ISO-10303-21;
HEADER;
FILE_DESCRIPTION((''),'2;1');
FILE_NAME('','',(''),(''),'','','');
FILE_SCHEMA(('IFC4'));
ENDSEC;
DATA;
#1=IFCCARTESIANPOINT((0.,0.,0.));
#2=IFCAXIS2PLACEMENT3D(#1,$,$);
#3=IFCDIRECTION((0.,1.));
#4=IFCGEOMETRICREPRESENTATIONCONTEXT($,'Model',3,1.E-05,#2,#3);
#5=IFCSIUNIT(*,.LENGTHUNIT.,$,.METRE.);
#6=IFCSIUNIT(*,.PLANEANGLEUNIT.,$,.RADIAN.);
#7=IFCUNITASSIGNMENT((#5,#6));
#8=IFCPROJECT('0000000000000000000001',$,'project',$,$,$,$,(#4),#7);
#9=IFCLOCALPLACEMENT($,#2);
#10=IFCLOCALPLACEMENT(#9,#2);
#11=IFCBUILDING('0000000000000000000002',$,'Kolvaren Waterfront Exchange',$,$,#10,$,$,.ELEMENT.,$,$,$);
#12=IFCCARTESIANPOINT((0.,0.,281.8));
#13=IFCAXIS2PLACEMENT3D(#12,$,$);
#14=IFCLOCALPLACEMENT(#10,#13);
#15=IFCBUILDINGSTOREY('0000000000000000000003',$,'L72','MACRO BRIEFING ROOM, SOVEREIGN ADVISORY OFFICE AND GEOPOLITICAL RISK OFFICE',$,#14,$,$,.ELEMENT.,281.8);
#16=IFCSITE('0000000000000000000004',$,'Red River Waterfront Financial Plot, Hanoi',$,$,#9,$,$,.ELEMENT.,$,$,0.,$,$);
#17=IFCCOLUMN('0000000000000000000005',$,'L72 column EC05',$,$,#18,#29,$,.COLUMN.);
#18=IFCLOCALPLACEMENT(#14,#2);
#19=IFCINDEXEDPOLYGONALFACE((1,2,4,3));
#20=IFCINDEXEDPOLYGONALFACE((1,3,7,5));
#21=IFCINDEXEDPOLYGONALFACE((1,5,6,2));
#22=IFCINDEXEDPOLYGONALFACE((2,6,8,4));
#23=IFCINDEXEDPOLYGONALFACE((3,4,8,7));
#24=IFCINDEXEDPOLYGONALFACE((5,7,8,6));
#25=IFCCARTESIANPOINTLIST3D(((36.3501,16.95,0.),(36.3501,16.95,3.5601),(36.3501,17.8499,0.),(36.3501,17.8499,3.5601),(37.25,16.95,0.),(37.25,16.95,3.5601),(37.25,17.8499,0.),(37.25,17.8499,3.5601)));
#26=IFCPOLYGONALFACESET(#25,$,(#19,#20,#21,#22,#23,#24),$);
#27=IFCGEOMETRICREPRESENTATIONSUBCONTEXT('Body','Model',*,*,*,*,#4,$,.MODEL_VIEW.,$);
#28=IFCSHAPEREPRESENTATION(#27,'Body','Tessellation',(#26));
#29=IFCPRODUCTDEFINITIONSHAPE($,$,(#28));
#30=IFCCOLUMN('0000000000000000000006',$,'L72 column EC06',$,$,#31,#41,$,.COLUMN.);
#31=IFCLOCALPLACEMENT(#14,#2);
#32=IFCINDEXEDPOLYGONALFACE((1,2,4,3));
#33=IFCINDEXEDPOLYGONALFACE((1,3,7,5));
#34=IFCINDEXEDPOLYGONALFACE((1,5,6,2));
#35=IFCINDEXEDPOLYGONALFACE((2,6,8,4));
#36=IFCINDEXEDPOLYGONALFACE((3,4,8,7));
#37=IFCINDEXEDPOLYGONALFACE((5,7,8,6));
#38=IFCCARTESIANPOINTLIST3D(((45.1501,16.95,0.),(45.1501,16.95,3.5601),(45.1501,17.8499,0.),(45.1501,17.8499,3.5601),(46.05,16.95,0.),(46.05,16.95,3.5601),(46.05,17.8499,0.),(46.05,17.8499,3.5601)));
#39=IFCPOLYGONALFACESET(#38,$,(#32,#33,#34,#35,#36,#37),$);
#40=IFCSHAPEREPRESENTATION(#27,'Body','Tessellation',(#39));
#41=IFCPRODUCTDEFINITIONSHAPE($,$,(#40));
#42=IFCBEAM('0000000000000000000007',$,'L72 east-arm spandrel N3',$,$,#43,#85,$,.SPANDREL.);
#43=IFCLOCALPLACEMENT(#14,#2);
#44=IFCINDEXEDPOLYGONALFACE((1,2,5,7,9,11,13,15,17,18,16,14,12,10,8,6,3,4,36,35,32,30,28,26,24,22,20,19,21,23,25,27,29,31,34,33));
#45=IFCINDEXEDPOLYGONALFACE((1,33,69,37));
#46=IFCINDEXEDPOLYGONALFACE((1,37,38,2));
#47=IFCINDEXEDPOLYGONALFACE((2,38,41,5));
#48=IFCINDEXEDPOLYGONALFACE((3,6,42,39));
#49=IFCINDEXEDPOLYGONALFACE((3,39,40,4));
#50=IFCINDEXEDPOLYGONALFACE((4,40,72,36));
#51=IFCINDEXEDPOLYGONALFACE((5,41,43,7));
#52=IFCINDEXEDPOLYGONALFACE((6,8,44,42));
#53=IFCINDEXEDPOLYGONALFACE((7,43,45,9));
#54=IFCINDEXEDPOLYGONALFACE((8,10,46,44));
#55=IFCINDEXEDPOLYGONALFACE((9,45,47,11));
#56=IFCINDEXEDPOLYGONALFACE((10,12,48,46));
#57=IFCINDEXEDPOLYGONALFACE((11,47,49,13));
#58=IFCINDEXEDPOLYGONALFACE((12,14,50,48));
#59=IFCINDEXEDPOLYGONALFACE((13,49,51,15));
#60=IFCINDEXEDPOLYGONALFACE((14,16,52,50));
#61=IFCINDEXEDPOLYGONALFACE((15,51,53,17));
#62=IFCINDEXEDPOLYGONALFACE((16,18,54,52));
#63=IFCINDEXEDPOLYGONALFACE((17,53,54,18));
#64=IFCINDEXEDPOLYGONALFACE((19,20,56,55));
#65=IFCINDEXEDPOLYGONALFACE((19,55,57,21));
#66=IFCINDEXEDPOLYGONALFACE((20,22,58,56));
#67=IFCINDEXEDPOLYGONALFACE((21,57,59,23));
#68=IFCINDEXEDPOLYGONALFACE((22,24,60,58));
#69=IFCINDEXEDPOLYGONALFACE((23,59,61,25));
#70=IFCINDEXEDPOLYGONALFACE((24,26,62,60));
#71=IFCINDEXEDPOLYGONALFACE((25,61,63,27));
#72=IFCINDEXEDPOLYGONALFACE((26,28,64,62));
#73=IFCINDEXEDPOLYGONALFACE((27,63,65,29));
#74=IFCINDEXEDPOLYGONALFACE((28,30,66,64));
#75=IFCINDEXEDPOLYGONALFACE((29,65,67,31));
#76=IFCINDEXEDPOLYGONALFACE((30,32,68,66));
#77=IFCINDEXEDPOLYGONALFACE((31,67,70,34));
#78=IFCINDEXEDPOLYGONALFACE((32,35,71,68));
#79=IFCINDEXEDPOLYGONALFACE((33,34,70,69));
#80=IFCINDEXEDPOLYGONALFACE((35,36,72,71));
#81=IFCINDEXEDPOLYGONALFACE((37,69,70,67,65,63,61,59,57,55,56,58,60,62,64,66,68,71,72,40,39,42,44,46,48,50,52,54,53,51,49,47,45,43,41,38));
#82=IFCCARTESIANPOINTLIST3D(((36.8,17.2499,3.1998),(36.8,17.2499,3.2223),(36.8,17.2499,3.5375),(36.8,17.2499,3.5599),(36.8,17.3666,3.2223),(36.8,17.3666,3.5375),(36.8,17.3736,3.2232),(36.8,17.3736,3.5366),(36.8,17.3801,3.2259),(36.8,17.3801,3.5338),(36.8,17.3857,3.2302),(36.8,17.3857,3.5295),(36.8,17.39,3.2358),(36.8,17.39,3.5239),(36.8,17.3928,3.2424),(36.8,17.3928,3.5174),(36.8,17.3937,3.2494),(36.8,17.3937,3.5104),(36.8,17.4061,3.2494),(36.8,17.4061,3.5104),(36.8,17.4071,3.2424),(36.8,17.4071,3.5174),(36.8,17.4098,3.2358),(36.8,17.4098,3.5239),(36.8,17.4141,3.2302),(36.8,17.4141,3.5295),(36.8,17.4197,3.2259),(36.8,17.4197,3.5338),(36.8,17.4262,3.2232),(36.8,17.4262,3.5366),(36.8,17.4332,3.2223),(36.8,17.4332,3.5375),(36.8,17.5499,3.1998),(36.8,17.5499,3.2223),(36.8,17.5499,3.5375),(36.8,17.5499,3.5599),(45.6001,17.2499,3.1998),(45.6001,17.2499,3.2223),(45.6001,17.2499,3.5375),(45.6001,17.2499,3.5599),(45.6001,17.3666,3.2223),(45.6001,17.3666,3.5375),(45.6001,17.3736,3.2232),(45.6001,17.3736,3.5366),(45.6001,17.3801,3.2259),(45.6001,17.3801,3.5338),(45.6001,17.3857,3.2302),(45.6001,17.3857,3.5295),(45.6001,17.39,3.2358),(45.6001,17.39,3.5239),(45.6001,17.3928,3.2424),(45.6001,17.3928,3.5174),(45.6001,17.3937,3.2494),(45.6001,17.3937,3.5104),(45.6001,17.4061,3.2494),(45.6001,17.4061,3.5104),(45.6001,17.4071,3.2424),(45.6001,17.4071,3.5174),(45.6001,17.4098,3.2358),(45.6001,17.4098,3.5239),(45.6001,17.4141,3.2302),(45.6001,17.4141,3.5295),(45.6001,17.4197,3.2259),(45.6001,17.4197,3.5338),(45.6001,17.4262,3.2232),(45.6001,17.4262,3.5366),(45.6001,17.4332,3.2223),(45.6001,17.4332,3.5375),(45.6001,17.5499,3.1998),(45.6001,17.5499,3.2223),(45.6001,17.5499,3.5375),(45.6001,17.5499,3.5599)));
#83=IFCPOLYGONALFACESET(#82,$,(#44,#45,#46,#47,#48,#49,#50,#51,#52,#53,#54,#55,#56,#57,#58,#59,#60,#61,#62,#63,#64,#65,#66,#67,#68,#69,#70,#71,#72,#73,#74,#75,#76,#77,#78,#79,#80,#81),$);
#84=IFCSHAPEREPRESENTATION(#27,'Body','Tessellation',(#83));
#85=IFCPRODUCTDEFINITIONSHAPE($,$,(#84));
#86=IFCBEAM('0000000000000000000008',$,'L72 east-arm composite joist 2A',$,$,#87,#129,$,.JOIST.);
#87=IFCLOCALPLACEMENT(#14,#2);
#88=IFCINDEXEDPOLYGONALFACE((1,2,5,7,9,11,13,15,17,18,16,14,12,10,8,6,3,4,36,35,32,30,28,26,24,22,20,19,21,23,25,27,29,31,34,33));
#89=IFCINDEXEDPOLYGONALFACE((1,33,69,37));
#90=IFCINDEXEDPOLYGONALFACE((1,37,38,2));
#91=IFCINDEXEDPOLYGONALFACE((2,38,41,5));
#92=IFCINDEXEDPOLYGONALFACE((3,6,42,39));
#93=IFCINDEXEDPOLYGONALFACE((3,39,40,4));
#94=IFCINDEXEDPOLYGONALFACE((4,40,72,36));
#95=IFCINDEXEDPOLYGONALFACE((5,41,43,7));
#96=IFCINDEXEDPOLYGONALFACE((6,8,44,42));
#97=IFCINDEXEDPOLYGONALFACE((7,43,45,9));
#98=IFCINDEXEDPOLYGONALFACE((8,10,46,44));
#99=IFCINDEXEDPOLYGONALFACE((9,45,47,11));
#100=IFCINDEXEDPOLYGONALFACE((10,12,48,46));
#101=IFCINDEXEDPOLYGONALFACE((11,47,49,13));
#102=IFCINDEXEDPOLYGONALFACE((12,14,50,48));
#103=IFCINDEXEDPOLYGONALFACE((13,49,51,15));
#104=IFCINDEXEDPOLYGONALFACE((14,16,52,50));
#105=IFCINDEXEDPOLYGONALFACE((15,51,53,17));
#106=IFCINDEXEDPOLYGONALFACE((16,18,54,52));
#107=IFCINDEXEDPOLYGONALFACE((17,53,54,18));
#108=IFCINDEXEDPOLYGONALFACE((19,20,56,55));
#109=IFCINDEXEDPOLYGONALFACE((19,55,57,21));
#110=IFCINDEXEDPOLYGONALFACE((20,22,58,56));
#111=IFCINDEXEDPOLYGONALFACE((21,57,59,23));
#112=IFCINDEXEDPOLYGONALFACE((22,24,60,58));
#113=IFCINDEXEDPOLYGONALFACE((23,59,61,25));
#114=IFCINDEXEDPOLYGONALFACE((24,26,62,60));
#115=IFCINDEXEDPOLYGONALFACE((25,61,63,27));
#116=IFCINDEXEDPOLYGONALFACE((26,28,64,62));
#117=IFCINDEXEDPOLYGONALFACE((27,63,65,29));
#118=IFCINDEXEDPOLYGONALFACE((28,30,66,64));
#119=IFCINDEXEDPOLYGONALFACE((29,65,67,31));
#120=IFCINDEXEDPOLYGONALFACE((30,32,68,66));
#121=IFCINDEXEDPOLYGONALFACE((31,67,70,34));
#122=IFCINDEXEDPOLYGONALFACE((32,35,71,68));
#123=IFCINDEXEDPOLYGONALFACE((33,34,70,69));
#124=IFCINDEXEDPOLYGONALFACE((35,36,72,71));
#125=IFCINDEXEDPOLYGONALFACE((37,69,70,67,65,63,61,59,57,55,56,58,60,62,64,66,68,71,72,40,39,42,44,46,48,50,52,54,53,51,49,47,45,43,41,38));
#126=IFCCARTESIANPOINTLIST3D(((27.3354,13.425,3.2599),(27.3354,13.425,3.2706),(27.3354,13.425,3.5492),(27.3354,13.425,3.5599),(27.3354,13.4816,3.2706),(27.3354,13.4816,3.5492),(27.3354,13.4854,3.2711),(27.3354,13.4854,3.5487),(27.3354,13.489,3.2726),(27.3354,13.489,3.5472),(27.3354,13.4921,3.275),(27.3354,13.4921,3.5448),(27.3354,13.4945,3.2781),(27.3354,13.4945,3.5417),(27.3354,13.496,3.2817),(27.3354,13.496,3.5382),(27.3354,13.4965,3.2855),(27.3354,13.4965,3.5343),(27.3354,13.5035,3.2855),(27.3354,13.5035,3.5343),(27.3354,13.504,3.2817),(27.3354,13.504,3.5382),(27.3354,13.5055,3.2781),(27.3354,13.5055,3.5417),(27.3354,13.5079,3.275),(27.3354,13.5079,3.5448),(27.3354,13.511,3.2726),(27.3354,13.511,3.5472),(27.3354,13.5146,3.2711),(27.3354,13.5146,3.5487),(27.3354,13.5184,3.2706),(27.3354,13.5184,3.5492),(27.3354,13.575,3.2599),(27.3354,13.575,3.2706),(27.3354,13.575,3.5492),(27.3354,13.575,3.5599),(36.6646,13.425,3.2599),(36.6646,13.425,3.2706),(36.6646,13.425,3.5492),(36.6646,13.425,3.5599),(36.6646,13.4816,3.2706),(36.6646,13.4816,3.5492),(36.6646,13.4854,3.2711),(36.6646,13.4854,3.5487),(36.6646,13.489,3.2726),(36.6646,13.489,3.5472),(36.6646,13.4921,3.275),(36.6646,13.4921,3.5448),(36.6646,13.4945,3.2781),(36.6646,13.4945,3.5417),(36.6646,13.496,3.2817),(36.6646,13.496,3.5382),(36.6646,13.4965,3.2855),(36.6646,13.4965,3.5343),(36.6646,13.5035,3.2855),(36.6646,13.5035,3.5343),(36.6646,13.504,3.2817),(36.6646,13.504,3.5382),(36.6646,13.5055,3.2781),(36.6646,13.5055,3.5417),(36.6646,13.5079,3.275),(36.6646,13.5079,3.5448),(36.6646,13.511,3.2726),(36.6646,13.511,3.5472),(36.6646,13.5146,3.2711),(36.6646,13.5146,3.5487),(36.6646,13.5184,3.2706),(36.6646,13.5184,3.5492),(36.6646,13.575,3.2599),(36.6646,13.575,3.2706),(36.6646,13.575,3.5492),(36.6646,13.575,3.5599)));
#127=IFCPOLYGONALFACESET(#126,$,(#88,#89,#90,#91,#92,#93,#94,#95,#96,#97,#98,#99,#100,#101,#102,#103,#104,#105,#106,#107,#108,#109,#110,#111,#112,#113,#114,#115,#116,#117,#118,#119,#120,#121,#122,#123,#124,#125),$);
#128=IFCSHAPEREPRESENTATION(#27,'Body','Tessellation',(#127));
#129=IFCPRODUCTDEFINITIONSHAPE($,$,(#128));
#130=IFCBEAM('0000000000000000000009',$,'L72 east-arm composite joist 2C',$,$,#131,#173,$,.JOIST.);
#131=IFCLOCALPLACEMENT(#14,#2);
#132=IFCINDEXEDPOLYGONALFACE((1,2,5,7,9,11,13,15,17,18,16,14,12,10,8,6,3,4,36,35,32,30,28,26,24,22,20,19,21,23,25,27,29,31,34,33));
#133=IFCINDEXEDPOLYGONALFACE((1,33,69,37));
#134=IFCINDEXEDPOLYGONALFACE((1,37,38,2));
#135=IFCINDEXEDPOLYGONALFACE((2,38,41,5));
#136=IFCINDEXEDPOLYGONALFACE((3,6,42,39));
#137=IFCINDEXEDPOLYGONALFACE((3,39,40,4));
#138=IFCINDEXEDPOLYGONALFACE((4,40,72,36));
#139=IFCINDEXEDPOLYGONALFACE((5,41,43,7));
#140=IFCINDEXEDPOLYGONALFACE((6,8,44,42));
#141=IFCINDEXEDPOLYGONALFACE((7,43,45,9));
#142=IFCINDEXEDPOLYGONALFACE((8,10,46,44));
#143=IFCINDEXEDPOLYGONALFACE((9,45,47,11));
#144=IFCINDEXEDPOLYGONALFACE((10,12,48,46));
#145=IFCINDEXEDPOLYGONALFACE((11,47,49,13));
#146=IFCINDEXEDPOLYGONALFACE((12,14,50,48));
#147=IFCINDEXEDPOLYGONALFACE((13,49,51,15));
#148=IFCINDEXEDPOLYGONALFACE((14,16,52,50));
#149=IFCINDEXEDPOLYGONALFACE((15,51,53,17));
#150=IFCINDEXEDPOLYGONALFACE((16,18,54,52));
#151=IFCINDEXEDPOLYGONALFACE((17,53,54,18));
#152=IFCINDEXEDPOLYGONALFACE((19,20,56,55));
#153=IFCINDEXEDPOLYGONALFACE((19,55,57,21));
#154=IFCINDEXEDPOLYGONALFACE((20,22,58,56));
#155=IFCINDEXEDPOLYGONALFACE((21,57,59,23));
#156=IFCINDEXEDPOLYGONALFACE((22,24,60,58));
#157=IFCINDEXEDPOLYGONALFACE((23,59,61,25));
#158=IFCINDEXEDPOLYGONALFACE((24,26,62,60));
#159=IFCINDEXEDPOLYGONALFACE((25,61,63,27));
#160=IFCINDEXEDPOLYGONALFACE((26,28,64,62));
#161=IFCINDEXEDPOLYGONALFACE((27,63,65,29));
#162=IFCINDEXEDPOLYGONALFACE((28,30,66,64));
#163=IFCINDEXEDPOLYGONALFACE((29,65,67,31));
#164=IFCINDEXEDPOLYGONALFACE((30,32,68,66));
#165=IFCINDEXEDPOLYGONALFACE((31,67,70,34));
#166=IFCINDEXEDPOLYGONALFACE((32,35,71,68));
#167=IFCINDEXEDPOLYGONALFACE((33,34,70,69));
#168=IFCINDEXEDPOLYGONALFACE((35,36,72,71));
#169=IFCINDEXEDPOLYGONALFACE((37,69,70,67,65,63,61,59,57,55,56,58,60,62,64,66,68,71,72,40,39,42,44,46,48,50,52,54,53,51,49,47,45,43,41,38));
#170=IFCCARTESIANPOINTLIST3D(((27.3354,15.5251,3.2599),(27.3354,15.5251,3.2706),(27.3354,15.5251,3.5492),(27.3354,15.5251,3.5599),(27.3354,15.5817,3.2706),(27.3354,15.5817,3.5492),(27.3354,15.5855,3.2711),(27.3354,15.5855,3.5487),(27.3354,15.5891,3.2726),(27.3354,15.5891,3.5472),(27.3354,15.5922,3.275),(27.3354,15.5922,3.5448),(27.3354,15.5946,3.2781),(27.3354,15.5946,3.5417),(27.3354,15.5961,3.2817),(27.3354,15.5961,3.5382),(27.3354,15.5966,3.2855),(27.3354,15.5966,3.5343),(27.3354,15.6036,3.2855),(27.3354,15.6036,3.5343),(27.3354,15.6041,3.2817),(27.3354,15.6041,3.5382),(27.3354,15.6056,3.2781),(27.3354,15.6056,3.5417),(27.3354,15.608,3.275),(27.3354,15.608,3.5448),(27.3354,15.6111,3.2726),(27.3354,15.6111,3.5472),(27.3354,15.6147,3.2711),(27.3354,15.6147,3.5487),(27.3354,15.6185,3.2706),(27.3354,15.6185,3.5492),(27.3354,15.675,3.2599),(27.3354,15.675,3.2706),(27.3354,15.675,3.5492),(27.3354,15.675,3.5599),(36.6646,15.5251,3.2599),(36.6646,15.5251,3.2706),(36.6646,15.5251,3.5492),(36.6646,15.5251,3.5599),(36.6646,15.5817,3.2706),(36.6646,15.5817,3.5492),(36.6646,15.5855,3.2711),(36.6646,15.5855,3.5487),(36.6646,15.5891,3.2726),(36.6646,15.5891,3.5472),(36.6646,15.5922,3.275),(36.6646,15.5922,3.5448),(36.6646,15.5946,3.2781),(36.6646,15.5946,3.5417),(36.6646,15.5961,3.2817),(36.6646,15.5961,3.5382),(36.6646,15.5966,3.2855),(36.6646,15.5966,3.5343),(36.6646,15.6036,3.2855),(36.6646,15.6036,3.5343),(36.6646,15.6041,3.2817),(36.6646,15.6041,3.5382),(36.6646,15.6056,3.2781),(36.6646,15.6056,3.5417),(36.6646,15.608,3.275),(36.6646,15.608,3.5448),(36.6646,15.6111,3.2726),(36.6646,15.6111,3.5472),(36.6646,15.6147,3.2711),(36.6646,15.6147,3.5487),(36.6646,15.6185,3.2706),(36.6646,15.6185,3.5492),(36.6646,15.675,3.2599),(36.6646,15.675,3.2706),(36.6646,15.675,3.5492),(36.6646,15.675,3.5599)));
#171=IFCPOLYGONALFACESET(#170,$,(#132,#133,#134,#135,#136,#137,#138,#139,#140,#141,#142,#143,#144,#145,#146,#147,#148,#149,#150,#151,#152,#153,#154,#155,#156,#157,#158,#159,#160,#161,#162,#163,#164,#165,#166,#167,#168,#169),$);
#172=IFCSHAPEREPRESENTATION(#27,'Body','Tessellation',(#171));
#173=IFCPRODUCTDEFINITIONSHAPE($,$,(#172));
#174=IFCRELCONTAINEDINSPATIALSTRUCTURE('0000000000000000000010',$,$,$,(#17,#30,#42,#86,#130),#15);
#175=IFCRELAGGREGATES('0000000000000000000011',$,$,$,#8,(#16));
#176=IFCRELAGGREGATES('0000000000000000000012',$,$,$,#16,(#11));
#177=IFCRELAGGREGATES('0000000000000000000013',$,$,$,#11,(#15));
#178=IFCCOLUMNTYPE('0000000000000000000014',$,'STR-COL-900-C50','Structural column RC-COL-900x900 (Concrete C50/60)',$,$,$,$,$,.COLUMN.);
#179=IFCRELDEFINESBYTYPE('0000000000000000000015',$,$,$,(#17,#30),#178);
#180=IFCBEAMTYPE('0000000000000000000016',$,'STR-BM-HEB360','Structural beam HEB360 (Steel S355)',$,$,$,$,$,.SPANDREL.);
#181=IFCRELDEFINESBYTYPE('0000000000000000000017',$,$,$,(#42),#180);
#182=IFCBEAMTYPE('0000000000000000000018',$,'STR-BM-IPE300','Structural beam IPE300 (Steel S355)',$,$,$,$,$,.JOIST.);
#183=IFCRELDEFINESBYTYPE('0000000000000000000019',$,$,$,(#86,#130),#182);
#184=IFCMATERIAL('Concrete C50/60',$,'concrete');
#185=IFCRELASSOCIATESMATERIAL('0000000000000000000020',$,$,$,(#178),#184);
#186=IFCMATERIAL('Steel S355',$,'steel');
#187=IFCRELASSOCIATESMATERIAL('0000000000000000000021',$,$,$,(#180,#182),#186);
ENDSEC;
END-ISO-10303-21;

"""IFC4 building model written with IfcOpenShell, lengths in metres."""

from ifc_helpers import new_model, si_unit, direction, frame, origin, origin_2d, place, context, subcontext, project, spatial, rectangle, i_section, extrude, material, material_profile, profile_set, type_object, element, save


model = new_model("IFC4")

# Units and contexts
model_context = context("Model", 3, precision=1e-05, world=origin(), true_north=direction((0.0, 1.0)))
body_context = subcontext(model_context, "Body", "Model", "MODEL_VIEW")
ifc_project = project(units=[si_unit("LENGTHUNIT", "METRE"), si_unit("PLANEANGLEUNIT", "RADIAN")], contexts=[model_context])

# Site, building, storey
site_placement = place(None, origin())
site = spatial("IfcSite", under=ifc_project, at=site_placement, Name="Red River Waterfront Financial Plot, Hanoi", CompositionType="ELEMENT", RefElevation=0.0)
building_placement = place(site_placement, origin())
building = spatial("IfcBuilding", under=site, at=building_placement, Name="Kolvaren Waterfront Exchange", CompositionType="ELEMENT")
storey_placement = place(building_placement, frame((0.0, 0.0, 281.8)))
storey = spatial("IfcBuildingStorey", under=building, at=storey_placement, Name="L72", Description="MACRO BRIEFING ROOM, SOVEREIGN ADVISORY OFFICE AND GEOPOLITICAL RISK OFFICE", CompositionType="ELEMENT", Elevation=281.8)

# Columns
ifc_material_1 = material(Name="Concrete C50/60", Category="concrete")
ifc_material_profile_1 = material_profile(ifc_material_1, rectangle(XDim=0.8999, YDim=0.8999, at=origin_2d()), Name="RC-COL-900x900")
ifc_profile_set_1 = profile_set([ifc_material_profile_1], Name="Concrete C50/60")
column_type = type_object("IfcColumnType", Name="STR-COL-900-C50", Description="Structural column RC-COL-900x900 (Concrete C50/60)", PredefinedType="COLUMN", material=ifc_profile_set_1)
for number, where, z_axis, x_axis, name in (
    (1, (36.8, 17.3999, 0.0), (0.0, 0.0, 1.0), (1.0, 0.0, 0.0), "L72 column EC05"),
    (2, (45.6001, 17.3999, 0.0), (0.0, 0.0, 1.0), (1.0, 0.0, 0.0), "L72 column EC06"),
):
    element("IfcColumn", number, at=place(storey_placement, frame(where, z_axis=z_axis, x_axis=x_axis)), inside=storey, type_object=column_type, Name=name, PredefinedType="COLUMN", context=body_context, shape_type="SweptSolid", body=[
        extrude(rectangle(XDim=0.8999, YDim=0.8999, at=origin_2d()), origin(), (0.0, 0.0, 1.0), 3.5601),
    ])

# Beams
ifc_material_2 = material(Name="Steel S355", Category="steel")
ifc_material_profile_2 = material_profile(ifc_material_2, i_section(OverallWidth=0.3, OverallDepth=0.3601, WebThickness=0.0125, FlangeThickness=0.0225, FilletRadius=0.0271, at=origin_2d()), Name="HEB360")
ifc_profile_set_2 = profile_set([ifc_material_profile_2], Name="Steel S355")
beam_type_1 = type_object("IfcBeamType", Name="STR-BM-HEB360", Description="Structural beam HEB360 (Steel S355)", PredefinedType="SPANDREL", material=ifc_profile_set_2)
beam_placement = place(storey_placement, frame((36.8, 17.3999, 3.3799), z_axis=(1.0, 0.0, 0.0), x_axis=(0.0, 1.0, 0.0)))
element("IfcBeam", 3, at=beam_placement, inside=storey, type_object=beam_type_1, Name="L72 east-arm spandrel N3", PredefinedType="SPANDREL", context=body_context, shape_type="SweptSolid", body=[
    extrude(i_section(OverallWidth=0.3, OverallDepth=0.3601, WebThickness=0.0125, FlangeThickness=0.0225, FilletRadius=0.0271, at=origin_2d()), origin(), (0.0, 0.0, 1.0), 8.8),
])
ifc_material_profile_3 = material_profile(ifc_material_2, i_section(OverallWidth=0.1499, OverallDepth=0.3, WebThickness=0.0071, FlangeThickness=0.0107, FilletRadius=0.0149, at=origin_2d()), Name="IPE300")
ifc_profile_set_3 = profile_set([ifc_material_profile_3], Name="Steel S355")
beam_type_2 = type_object("IfcBeamType", Name="STR-BM-IPE300", Description="Structural beam IPE300 (Steel S355)", PredefinedType="JOIST", material=ifc_profile_set_3)
for number, where, z_axis, x_axis, name in (
    (4, (27.3354, 13.5, 3.4099), (1.0, 0.0, 0.0), (0.0, 1.0, 0.0), "L72 east-arm composite joist 2A"),
    (5, (27.3354, 15.6001, 3.4099), (1.0, 0.0, 0.0), (0.0, 1.0, 0.0), "L72 east-arm composite joist 2C"),
):
    element("IfcBeam", number, at=place(storey_placement, frame(where, z_axis=z_axis, x_axis=x_axis)), inside=storey, type_object=beam_type_2, Name=name, PredefinedType="JOIST", context=body_context, shape_type="SweptSolid", body=[
        extrude(i_section(OverallWidth=0.1499, OverallDepth=0.3, WebThickness=0.0071, FlangeThickness=0.0107, FilletRadius=0.0149, at=origin_2d()), origin(), (0.0, 0.0, 1.0), 9.3291),
    ])

save(model, "model.ifc")
